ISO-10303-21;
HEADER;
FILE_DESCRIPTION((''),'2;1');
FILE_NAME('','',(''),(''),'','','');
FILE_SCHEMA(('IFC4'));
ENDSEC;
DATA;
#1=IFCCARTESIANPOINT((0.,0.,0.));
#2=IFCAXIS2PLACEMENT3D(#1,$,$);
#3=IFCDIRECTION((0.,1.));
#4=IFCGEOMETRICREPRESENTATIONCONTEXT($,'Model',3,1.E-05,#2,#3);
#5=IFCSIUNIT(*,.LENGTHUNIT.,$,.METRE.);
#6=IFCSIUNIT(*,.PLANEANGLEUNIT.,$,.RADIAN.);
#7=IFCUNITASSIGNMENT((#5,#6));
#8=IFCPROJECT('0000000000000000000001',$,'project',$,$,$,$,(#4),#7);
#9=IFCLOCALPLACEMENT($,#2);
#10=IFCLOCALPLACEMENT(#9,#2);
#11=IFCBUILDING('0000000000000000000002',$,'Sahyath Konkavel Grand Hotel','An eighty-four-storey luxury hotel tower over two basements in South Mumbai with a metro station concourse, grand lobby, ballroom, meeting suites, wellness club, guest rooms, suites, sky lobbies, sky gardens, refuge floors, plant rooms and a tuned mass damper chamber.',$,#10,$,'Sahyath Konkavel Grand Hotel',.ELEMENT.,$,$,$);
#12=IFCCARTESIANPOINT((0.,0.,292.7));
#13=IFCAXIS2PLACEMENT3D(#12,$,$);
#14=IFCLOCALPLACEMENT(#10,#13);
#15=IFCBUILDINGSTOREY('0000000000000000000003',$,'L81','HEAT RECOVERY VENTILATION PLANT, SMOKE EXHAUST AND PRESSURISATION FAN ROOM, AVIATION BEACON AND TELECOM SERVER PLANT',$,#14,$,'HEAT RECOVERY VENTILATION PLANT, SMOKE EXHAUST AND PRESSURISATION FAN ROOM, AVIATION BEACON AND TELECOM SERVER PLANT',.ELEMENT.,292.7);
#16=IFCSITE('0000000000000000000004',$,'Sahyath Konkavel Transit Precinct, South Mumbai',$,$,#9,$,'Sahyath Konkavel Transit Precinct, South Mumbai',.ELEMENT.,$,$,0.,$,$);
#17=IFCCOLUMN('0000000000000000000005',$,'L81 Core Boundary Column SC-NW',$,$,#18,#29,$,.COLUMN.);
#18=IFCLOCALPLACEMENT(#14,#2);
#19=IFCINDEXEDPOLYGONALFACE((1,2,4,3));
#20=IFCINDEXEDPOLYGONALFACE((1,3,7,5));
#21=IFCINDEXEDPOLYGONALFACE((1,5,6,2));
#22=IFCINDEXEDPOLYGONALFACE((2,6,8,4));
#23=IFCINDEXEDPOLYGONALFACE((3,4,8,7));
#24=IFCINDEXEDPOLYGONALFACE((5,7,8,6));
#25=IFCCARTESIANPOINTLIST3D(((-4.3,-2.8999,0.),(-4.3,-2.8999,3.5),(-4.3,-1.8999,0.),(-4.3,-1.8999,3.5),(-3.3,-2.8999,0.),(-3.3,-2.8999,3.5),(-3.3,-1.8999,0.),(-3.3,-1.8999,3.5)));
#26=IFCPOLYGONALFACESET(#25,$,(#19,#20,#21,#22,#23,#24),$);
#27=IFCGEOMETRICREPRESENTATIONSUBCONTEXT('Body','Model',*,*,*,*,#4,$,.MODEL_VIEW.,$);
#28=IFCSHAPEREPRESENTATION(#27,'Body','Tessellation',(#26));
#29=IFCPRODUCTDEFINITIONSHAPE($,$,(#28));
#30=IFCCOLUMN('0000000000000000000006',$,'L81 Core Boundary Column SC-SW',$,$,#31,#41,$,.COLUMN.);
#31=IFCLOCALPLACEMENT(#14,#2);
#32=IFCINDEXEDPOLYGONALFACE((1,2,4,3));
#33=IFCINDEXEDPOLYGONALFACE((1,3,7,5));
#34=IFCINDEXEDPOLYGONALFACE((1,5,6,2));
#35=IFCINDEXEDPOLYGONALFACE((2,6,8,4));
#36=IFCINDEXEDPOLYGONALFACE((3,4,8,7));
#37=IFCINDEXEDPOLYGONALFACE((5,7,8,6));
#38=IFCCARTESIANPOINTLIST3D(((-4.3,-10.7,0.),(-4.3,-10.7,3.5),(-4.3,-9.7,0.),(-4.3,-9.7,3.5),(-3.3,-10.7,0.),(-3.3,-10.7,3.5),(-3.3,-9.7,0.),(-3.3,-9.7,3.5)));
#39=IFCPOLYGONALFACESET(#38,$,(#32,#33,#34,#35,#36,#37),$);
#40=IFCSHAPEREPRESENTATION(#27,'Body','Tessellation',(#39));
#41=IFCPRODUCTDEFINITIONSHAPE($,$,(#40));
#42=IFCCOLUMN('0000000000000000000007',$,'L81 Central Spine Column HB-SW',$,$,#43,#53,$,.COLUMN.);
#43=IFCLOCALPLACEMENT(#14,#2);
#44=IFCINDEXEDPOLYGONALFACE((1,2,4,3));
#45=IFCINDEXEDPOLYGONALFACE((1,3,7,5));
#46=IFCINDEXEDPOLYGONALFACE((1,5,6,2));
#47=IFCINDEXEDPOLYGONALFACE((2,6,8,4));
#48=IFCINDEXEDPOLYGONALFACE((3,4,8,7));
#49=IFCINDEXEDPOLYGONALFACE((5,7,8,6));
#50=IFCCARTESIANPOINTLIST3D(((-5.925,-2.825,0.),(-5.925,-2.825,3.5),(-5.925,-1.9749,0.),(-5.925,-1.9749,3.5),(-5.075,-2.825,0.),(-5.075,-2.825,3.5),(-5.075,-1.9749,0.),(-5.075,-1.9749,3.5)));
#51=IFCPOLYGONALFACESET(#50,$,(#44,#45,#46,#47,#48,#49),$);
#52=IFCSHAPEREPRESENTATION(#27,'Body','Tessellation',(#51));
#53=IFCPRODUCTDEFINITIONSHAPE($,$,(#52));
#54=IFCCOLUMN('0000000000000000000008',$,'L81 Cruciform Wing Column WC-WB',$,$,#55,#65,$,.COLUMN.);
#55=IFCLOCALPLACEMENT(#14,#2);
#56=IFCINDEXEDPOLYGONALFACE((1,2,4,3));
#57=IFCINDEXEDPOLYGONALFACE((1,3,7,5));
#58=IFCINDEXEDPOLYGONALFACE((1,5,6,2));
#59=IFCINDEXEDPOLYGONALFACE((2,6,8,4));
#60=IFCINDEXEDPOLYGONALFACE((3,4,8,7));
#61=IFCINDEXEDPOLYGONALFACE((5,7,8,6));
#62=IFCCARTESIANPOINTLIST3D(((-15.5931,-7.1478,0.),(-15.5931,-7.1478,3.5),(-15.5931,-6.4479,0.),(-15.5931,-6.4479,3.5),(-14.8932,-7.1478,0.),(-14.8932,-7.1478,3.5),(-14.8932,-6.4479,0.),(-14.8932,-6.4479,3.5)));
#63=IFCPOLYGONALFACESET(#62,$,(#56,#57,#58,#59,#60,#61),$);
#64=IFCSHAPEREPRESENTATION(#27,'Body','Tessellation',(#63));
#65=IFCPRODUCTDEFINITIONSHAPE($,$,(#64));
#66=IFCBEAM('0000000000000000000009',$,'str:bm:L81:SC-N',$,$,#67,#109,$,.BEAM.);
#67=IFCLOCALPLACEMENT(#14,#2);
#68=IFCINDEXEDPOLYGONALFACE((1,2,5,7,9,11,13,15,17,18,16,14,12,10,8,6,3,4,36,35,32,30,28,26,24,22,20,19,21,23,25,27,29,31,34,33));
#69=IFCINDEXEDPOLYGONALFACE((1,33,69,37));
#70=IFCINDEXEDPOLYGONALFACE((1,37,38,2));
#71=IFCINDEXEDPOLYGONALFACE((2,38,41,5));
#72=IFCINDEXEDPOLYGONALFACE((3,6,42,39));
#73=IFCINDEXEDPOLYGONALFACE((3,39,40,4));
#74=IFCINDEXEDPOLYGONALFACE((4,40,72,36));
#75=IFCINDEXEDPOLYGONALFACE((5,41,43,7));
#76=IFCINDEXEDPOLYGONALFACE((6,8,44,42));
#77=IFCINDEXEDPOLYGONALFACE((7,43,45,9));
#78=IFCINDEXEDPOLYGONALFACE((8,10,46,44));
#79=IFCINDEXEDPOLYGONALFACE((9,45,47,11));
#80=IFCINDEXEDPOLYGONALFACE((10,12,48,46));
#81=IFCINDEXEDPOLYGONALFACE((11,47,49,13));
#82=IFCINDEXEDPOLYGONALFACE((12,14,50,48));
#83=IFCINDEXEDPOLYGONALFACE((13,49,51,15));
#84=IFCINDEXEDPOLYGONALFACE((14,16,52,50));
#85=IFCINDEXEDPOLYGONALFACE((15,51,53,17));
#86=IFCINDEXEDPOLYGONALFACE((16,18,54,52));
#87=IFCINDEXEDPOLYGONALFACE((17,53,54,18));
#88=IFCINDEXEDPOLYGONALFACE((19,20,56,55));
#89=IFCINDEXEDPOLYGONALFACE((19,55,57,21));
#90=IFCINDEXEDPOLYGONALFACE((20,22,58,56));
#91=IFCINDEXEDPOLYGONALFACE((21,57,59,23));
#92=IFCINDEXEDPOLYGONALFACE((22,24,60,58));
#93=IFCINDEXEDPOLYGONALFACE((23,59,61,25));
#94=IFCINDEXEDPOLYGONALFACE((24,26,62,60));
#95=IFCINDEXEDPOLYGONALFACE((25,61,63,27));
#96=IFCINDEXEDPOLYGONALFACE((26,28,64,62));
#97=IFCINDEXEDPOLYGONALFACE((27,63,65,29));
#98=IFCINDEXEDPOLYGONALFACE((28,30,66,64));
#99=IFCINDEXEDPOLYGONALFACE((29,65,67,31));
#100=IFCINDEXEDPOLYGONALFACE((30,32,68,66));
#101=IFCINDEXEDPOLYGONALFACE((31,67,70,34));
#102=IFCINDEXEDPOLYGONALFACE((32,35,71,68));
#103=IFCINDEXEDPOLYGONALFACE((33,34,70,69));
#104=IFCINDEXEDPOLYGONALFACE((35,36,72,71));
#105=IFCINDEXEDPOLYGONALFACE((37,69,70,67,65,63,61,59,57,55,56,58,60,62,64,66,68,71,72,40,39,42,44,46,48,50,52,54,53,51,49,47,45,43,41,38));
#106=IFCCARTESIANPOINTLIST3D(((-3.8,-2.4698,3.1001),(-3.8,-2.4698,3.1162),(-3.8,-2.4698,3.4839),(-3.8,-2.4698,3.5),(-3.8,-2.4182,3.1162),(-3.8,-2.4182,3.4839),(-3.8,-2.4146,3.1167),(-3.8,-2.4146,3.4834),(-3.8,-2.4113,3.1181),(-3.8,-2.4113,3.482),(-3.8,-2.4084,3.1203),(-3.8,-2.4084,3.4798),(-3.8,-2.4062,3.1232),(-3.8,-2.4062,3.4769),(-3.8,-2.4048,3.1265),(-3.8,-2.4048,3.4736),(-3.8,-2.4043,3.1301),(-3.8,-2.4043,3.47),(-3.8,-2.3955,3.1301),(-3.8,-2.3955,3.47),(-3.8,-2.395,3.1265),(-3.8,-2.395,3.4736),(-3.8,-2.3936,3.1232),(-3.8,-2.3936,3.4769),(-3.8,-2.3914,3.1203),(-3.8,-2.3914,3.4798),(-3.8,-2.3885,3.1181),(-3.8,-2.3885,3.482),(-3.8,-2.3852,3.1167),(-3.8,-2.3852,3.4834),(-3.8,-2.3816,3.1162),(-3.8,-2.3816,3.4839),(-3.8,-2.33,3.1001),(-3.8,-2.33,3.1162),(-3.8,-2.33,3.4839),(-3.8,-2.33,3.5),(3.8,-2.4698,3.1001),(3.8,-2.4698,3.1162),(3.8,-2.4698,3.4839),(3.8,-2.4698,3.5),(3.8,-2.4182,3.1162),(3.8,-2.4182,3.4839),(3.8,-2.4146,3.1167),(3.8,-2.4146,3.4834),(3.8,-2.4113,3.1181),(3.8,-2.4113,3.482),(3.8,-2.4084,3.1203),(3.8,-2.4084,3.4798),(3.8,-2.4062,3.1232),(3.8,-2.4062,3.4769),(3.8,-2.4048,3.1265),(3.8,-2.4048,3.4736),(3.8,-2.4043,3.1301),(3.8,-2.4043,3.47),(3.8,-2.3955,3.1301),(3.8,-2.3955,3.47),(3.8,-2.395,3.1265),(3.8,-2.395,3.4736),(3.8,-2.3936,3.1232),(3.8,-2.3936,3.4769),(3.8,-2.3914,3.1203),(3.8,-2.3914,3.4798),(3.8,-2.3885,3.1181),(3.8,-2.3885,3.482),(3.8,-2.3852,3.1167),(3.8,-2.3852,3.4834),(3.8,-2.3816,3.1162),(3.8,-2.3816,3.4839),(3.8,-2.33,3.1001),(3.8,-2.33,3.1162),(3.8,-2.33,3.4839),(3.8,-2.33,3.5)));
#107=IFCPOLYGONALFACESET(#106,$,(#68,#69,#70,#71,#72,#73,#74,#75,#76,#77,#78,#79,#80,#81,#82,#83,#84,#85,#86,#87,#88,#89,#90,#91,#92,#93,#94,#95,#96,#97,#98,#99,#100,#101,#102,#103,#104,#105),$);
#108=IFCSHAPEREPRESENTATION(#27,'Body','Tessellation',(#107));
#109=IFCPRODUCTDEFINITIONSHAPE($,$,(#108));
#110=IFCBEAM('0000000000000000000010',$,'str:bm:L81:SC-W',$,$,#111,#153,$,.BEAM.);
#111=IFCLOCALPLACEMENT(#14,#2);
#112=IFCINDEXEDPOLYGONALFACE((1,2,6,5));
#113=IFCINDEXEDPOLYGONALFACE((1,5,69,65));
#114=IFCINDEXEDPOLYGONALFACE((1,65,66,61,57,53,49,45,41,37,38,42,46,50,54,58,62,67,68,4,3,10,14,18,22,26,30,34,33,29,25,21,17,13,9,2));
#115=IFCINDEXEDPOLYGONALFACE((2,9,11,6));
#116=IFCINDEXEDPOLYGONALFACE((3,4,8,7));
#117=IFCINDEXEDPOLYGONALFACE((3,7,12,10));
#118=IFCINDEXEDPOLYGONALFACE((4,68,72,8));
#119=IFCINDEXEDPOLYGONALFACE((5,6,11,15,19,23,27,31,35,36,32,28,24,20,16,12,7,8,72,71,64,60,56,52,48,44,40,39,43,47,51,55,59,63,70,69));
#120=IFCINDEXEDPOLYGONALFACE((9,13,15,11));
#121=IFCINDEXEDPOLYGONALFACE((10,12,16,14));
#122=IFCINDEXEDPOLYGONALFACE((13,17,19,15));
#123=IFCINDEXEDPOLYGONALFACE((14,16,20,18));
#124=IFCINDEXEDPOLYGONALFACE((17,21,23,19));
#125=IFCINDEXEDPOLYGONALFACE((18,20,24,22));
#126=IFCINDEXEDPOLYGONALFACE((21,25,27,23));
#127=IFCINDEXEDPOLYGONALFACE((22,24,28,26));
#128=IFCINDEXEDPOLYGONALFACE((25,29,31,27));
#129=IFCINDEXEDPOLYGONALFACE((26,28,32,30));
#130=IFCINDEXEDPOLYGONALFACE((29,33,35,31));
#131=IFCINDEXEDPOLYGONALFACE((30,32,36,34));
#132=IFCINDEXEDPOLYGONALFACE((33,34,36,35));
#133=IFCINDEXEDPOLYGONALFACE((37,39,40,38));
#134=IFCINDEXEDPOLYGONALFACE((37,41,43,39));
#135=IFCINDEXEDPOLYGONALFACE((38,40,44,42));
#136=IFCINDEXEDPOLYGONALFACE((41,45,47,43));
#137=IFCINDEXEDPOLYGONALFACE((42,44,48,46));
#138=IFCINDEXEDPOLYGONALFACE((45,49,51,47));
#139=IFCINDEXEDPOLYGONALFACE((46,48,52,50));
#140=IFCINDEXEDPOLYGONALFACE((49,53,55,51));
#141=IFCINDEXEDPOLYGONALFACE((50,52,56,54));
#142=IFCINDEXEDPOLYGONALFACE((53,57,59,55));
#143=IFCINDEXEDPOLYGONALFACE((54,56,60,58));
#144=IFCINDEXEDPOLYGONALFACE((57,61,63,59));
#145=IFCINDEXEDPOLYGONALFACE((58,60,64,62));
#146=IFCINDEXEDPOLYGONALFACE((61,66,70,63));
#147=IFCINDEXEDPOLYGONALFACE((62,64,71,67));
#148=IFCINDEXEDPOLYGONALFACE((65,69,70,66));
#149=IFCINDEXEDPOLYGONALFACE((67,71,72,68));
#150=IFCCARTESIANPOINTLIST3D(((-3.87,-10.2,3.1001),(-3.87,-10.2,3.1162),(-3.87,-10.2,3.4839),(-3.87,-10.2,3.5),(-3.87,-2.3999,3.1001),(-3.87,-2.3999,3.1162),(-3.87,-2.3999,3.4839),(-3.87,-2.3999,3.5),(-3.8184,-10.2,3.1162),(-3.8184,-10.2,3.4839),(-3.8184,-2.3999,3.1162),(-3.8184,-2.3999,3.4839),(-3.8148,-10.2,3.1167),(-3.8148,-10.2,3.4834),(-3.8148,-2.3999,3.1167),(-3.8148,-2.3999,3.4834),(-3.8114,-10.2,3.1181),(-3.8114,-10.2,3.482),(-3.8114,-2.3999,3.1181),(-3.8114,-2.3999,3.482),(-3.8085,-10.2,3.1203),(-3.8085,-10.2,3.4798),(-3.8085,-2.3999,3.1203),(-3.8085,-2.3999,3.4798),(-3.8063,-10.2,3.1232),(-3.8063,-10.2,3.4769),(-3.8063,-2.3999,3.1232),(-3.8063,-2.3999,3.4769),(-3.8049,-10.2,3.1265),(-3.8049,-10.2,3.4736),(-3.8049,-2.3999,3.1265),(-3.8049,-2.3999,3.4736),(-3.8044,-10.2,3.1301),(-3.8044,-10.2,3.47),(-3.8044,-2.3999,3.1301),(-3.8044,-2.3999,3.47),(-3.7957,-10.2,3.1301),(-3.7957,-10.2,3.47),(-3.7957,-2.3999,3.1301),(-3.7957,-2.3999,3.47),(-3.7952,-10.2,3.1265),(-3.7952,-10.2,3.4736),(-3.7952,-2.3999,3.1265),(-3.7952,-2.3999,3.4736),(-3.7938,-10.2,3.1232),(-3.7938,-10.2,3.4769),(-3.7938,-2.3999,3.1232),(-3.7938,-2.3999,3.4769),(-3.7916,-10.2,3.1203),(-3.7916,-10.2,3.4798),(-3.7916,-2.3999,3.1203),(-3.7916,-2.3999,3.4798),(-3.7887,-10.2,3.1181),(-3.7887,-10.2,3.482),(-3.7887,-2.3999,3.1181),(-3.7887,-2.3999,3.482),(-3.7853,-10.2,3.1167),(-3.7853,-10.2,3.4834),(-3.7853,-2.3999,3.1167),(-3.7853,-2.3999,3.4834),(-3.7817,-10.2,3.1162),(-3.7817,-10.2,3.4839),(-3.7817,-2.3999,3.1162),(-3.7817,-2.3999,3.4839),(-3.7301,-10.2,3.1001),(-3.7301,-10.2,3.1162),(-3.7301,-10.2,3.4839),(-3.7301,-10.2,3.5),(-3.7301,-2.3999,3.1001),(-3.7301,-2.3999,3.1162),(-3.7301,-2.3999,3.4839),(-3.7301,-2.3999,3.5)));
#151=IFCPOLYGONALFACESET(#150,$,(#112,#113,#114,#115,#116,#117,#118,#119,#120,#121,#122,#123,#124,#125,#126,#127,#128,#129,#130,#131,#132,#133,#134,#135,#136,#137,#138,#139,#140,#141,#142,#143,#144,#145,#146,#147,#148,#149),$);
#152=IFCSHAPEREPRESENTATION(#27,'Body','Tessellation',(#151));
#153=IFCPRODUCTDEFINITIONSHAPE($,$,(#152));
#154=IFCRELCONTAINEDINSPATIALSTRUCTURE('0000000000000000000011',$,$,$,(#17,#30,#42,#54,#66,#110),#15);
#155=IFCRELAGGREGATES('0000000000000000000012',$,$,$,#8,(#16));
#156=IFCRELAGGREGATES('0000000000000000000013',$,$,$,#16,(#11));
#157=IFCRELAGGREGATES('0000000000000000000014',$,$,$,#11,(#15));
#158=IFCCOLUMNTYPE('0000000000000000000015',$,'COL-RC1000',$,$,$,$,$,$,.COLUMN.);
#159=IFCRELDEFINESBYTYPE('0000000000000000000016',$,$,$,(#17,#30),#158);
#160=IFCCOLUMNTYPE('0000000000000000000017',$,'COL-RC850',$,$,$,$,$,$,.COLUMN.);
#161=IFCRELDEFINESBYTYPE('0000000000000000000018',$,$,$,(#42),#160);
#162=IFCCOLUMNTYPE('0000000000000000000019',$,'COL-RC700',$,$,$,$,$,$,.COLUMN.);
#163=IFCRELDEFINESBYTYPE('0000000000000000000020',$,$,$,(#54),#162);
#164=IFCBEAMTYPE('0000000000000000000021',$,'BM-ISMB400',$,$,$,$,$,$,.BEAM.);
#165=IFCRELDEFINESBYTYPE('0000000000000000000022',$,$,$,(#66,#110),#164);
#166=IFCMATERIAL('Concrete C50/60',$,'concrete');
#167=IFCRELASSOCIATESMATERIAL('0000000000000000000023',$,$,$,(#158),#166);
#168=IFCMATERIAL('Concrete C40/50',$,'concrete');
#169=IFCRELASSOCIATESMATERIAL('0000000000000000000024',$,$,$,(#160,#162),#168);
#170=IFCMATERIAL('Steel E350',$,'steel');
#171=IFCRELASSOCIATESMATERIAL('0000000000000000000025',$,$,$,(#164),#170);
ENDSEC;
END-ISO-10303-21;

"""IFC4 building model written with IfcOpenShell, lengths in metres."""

from ifc_helpers import new_model, si_unit, direction, frame, origin, origin_2d, place, context, subcontext, project, spatial, rectangle, i_section, extrude, source, transform, mapped, material, material_profile, profile_set, type_object, element, save


model = new_model("IFC4")

# Units and contexts
model_context = context("Model", 3, precision=1e-05, world=origin(), true_north=direction((0.0, 1.0)))
body_context = subcontext(model_context, "Body", "Model", "MODEL_VIEW")
ifc_project = project(units=[si_unit("LENGTHUNIT", "METRE"), si_unit("PLANEANGLEUNIT", "RADIAN")], contexts=[model_context])

# Site, building, storey
site_placement = place(None, origin())
site = spatial("IfcSite", under=ifc_project, at=site_placement, Name="Sahyath Konkavel Transit Precinct, South Mumbai", LongName="Sahyath Konkavel Transit Precinct, South Mumbai", CompositionType="ELEMENT", RefElevation=0.0)
building_placement = place(site_placement, origin())
building = spatial("IfcBuilding", under=site, at=building_placement, Name="Sahyath Konkavel Grand Hotel", Description="An eighty-four-storey luxury hotel tower over two basements in South Mumbai with a metro station concourse, grand lobby, ballroom, meeting suites, wellness club, guest rooms, suites, sky lobbies, sky gardens, refuge floors, plant rooms and a tuned mass damper chamber.", LongName="Sahyath Konkavel Grand Hotel", CompositionType="ELEMENT")
storey_placement = place(building_placement, frame((0.0, 0.0, 292.7)))
storey = spatial("IfcBuildingStorey", under=building, at=storey_placement, Name="L81", Description="HEAT RECOVERY VENTILATION PLANT, SMOKE EXHAUST AND PRESSURISATION FAN ROOM, AVIATION BEACON AND TELECOM SERVER PLANT", LongName="HEAT RECOVERY VENTILATION PLANT, SMOKE EXHAUST AND PRESSURISATION FAN ROOM, AVIATION BEACON AND TELECOM SERVER PLANT", CompositionType="ELEMENT", Elevation=292.7)

# Columns
ifc_material_1 = material(Name="Concrete C50/60", Category="concrete")
ifc_material_profile_1 = material_profile(ifc_material_1, rectangle(XDim=1.0, YDim=1.0, at=origin_2d()), Name="RC 1000x1000")
ifc_profile_set_1 = profile_set([ifc_material_profile_1], Name="Concrete C50/60")
column_type_1 = type_object("IfcColumnType", Name="COL-RC1000", PredefinedType="COLUMN", material=ifc_profile_set_1)
shared_shape_1 = source(origin(), body_context, "Body", "SweptSolid", [
    extrude(rectangle(XDim=1.0, YDim=1.0, at=origin_2d()), origin(), (0.0, 0.0, 1.0), 3.5),
])
for number, where, z_axis, x_axis, name in (
    (1, (-3.8, -2.3999, 0.0), (0.0, 0.0, 1.0), (1.0, 0.0, 0.0), "L81 Core Boundary Column SC-NW"),
    (2, (-3.8, -10.2, 0.0), (0.0, 0.0, 1.0), (1.0, 0.0, 0.0), "L81 Core Boundary Column SC-SW"),
):
    element("IfcColumn", number, at=place(storey_placement, frame(where, z_axis=z_axis, x_axis=x_axis)), inside=storey, type_object=column_type_1, Name=name, PredefinedType="COLUMN", context=body_context, shape_type="MappedRepresentation", body=[
        mapped(shared_shape_1, transform((0.0, 0.0, 0.0), scale=1.0)),
    ])
ifc_material_2 = material(Name="Concrete C40/50", Category="concrete")
ifc_material_profile_2 = material_profile(ifc_material_2, rectangle(XDim=0.8501, YDim=0.8501, at=origin_2d()), Name="RC 850x850")
ifc_profile_set_2 = profile_set([ifc_material_profile_2], Name="Concrete C40/50")
column_type_2 = type_object("IfcColumnType", Name="COL-RC850", PredefinedType="COLUMN", material=ifc_profile_set_2)
shared_shape_2 = source(origin(), body_context, "Body", "SweptSolid", [
    extrude(rectangle(XDim=0.8501, YDim=0.8501, at=origin_2d()), origin(), (0.0, 0.0, 1.0), 3.5),
])
column_1_placement = place(storey_placement, frame((-5.5, -2.3999, 0.0), z_axis=(0.0, 0.0, 1.0), x_axis=(1.0, 0.0, 0.0)))
element("IfcColumn", 3, at=column_1_placement, inside=storey, type_object=column_type_2, Name="L81 Central Spine Column HB-SW", PredefinedType="COLUMN", context=body_context, shape_type="MappedRepresentation", body=[
    mapped(shared_shape_2, transform((0.0, 0.0, 0.0), scale=1.0)),
])
ifc_material_profile_3 = material_profile(ifc_material_2, rectangle(XDim=0.7, YDim=0.7, at=origin_2d()), Name="RC 700x700")
ifc_profile_set_3 = profile_set([ifc_material_profile_3], Name="Concrete C40/50")
column_type_3 = type_object("IfcColumnType", Name="COL-RC700", PredefinedType="COLUMN", material=ifc_profile_set_3)
shared_shape_3 = source(origin(), body_context, "Body", "SweptSolid", [
    extrude(rectangle(XDim=0.7, YDim=0.7, at=origin_2d()), origin(), (0.0, 0.0, 1.0), 3.5),
])
column_2_placement = place(storey_placement, frame((-15.2432, -6.7979, 0.0), z_axis=(0.0, 0.0, 1.0), x_axis=(1.0, 0.0, 0.0)))
element("IfcColumn", 4, at=column_2_placement, inside=storey, type_object=column_type_3, Name="L81 Cruciform Wing Column WC-WB", PredefinedType="COLUMN", context=body_context, shape_type="MappedRepresentation", body=[
    mapped(shared_shape_3, transform((0.0, 0.0, 0.0), scale=1.0)),
])

# Beams
ifc_material_3 = material(Name="Steel E350", Category="steel")
ifc_material_profile_4 = material_profile(ifc_material_3, i_section(OverallWidth=0.1399, OverallDepth=0.3999, WebThickness=0.0088, FlangeThickness=0.0161, FilletRadius=0.0139, at=origin_2d()), Name="ISMB 400")
ifc_profile_set_4 = profile_set([ifc_material_profile_4], Name="Steel E350")
beam_type_1 = type_object("IfcBeamType", Name="BM-ISMB400", PredefinedType="BEAM", material=ifc_profile_set_4)
shared_shape_4 = source(origin(), body_context, "Body", "SweptSolid", [
    extrude(i_section(OverallWidth=0.1399, OverallDepth=0.3999, WebThickness=0.0088, FlangeThickness=0.0161, FilletRadius=0.0139, at=origin_2d()), origin(), (0.0, 0.0, 1.0), 7.6001),
])
beam_1_placement = place(storey_placement, frame((-3.8, -2.3999, 3.3), z_axis=(1.0, 0.0, 0.0), x_axis=(0.0, 1.0, 0.0)))
element("IfcBeam", 5, at=beam_1_placement, inside=storey, type_object=beam_type_1, Name="str:bm:L81:SC-N", PredefinedType="BEAM", context=body_context, shape_type="MappedRepresentation", body=[
    mapped(shared_shape_4, transform((0.0, 0.0, 0.0), scale=1.0)),
])
shared_shape_5 = source(origin(), body_context, "Body", "SweptSolid", [
    extrude(i_section(OverallWidth=0.1399, OverallDepth=0.3999, WebThickness=0.0088, FlangeThickness=0.0161, FilletRadius=0.0139, at=origin_2d()), origin(), (0.0, 0.0, 1.0), 7.8),
])
beam_2_placement = place(storey_placement, frame((-3.8, -10.2, 3.3), z_axis=(0.0, 1.0, 0.0), x_axis=(-1.0, 0.0, 0.0)))
element("IfcBeam", 6, at=beam_2_placement, inside=storey, type_object=beam_type_1, Name="str:bm:L81:SC-W", PredefinedType="BEAM", context=body_context, shape_type="MappedRepresentation", body=[
    mapped(shared_shape_5, transform((0.0, 0.0, 0.0), scale=1.0)),
])

save(model, "model.ifc")
